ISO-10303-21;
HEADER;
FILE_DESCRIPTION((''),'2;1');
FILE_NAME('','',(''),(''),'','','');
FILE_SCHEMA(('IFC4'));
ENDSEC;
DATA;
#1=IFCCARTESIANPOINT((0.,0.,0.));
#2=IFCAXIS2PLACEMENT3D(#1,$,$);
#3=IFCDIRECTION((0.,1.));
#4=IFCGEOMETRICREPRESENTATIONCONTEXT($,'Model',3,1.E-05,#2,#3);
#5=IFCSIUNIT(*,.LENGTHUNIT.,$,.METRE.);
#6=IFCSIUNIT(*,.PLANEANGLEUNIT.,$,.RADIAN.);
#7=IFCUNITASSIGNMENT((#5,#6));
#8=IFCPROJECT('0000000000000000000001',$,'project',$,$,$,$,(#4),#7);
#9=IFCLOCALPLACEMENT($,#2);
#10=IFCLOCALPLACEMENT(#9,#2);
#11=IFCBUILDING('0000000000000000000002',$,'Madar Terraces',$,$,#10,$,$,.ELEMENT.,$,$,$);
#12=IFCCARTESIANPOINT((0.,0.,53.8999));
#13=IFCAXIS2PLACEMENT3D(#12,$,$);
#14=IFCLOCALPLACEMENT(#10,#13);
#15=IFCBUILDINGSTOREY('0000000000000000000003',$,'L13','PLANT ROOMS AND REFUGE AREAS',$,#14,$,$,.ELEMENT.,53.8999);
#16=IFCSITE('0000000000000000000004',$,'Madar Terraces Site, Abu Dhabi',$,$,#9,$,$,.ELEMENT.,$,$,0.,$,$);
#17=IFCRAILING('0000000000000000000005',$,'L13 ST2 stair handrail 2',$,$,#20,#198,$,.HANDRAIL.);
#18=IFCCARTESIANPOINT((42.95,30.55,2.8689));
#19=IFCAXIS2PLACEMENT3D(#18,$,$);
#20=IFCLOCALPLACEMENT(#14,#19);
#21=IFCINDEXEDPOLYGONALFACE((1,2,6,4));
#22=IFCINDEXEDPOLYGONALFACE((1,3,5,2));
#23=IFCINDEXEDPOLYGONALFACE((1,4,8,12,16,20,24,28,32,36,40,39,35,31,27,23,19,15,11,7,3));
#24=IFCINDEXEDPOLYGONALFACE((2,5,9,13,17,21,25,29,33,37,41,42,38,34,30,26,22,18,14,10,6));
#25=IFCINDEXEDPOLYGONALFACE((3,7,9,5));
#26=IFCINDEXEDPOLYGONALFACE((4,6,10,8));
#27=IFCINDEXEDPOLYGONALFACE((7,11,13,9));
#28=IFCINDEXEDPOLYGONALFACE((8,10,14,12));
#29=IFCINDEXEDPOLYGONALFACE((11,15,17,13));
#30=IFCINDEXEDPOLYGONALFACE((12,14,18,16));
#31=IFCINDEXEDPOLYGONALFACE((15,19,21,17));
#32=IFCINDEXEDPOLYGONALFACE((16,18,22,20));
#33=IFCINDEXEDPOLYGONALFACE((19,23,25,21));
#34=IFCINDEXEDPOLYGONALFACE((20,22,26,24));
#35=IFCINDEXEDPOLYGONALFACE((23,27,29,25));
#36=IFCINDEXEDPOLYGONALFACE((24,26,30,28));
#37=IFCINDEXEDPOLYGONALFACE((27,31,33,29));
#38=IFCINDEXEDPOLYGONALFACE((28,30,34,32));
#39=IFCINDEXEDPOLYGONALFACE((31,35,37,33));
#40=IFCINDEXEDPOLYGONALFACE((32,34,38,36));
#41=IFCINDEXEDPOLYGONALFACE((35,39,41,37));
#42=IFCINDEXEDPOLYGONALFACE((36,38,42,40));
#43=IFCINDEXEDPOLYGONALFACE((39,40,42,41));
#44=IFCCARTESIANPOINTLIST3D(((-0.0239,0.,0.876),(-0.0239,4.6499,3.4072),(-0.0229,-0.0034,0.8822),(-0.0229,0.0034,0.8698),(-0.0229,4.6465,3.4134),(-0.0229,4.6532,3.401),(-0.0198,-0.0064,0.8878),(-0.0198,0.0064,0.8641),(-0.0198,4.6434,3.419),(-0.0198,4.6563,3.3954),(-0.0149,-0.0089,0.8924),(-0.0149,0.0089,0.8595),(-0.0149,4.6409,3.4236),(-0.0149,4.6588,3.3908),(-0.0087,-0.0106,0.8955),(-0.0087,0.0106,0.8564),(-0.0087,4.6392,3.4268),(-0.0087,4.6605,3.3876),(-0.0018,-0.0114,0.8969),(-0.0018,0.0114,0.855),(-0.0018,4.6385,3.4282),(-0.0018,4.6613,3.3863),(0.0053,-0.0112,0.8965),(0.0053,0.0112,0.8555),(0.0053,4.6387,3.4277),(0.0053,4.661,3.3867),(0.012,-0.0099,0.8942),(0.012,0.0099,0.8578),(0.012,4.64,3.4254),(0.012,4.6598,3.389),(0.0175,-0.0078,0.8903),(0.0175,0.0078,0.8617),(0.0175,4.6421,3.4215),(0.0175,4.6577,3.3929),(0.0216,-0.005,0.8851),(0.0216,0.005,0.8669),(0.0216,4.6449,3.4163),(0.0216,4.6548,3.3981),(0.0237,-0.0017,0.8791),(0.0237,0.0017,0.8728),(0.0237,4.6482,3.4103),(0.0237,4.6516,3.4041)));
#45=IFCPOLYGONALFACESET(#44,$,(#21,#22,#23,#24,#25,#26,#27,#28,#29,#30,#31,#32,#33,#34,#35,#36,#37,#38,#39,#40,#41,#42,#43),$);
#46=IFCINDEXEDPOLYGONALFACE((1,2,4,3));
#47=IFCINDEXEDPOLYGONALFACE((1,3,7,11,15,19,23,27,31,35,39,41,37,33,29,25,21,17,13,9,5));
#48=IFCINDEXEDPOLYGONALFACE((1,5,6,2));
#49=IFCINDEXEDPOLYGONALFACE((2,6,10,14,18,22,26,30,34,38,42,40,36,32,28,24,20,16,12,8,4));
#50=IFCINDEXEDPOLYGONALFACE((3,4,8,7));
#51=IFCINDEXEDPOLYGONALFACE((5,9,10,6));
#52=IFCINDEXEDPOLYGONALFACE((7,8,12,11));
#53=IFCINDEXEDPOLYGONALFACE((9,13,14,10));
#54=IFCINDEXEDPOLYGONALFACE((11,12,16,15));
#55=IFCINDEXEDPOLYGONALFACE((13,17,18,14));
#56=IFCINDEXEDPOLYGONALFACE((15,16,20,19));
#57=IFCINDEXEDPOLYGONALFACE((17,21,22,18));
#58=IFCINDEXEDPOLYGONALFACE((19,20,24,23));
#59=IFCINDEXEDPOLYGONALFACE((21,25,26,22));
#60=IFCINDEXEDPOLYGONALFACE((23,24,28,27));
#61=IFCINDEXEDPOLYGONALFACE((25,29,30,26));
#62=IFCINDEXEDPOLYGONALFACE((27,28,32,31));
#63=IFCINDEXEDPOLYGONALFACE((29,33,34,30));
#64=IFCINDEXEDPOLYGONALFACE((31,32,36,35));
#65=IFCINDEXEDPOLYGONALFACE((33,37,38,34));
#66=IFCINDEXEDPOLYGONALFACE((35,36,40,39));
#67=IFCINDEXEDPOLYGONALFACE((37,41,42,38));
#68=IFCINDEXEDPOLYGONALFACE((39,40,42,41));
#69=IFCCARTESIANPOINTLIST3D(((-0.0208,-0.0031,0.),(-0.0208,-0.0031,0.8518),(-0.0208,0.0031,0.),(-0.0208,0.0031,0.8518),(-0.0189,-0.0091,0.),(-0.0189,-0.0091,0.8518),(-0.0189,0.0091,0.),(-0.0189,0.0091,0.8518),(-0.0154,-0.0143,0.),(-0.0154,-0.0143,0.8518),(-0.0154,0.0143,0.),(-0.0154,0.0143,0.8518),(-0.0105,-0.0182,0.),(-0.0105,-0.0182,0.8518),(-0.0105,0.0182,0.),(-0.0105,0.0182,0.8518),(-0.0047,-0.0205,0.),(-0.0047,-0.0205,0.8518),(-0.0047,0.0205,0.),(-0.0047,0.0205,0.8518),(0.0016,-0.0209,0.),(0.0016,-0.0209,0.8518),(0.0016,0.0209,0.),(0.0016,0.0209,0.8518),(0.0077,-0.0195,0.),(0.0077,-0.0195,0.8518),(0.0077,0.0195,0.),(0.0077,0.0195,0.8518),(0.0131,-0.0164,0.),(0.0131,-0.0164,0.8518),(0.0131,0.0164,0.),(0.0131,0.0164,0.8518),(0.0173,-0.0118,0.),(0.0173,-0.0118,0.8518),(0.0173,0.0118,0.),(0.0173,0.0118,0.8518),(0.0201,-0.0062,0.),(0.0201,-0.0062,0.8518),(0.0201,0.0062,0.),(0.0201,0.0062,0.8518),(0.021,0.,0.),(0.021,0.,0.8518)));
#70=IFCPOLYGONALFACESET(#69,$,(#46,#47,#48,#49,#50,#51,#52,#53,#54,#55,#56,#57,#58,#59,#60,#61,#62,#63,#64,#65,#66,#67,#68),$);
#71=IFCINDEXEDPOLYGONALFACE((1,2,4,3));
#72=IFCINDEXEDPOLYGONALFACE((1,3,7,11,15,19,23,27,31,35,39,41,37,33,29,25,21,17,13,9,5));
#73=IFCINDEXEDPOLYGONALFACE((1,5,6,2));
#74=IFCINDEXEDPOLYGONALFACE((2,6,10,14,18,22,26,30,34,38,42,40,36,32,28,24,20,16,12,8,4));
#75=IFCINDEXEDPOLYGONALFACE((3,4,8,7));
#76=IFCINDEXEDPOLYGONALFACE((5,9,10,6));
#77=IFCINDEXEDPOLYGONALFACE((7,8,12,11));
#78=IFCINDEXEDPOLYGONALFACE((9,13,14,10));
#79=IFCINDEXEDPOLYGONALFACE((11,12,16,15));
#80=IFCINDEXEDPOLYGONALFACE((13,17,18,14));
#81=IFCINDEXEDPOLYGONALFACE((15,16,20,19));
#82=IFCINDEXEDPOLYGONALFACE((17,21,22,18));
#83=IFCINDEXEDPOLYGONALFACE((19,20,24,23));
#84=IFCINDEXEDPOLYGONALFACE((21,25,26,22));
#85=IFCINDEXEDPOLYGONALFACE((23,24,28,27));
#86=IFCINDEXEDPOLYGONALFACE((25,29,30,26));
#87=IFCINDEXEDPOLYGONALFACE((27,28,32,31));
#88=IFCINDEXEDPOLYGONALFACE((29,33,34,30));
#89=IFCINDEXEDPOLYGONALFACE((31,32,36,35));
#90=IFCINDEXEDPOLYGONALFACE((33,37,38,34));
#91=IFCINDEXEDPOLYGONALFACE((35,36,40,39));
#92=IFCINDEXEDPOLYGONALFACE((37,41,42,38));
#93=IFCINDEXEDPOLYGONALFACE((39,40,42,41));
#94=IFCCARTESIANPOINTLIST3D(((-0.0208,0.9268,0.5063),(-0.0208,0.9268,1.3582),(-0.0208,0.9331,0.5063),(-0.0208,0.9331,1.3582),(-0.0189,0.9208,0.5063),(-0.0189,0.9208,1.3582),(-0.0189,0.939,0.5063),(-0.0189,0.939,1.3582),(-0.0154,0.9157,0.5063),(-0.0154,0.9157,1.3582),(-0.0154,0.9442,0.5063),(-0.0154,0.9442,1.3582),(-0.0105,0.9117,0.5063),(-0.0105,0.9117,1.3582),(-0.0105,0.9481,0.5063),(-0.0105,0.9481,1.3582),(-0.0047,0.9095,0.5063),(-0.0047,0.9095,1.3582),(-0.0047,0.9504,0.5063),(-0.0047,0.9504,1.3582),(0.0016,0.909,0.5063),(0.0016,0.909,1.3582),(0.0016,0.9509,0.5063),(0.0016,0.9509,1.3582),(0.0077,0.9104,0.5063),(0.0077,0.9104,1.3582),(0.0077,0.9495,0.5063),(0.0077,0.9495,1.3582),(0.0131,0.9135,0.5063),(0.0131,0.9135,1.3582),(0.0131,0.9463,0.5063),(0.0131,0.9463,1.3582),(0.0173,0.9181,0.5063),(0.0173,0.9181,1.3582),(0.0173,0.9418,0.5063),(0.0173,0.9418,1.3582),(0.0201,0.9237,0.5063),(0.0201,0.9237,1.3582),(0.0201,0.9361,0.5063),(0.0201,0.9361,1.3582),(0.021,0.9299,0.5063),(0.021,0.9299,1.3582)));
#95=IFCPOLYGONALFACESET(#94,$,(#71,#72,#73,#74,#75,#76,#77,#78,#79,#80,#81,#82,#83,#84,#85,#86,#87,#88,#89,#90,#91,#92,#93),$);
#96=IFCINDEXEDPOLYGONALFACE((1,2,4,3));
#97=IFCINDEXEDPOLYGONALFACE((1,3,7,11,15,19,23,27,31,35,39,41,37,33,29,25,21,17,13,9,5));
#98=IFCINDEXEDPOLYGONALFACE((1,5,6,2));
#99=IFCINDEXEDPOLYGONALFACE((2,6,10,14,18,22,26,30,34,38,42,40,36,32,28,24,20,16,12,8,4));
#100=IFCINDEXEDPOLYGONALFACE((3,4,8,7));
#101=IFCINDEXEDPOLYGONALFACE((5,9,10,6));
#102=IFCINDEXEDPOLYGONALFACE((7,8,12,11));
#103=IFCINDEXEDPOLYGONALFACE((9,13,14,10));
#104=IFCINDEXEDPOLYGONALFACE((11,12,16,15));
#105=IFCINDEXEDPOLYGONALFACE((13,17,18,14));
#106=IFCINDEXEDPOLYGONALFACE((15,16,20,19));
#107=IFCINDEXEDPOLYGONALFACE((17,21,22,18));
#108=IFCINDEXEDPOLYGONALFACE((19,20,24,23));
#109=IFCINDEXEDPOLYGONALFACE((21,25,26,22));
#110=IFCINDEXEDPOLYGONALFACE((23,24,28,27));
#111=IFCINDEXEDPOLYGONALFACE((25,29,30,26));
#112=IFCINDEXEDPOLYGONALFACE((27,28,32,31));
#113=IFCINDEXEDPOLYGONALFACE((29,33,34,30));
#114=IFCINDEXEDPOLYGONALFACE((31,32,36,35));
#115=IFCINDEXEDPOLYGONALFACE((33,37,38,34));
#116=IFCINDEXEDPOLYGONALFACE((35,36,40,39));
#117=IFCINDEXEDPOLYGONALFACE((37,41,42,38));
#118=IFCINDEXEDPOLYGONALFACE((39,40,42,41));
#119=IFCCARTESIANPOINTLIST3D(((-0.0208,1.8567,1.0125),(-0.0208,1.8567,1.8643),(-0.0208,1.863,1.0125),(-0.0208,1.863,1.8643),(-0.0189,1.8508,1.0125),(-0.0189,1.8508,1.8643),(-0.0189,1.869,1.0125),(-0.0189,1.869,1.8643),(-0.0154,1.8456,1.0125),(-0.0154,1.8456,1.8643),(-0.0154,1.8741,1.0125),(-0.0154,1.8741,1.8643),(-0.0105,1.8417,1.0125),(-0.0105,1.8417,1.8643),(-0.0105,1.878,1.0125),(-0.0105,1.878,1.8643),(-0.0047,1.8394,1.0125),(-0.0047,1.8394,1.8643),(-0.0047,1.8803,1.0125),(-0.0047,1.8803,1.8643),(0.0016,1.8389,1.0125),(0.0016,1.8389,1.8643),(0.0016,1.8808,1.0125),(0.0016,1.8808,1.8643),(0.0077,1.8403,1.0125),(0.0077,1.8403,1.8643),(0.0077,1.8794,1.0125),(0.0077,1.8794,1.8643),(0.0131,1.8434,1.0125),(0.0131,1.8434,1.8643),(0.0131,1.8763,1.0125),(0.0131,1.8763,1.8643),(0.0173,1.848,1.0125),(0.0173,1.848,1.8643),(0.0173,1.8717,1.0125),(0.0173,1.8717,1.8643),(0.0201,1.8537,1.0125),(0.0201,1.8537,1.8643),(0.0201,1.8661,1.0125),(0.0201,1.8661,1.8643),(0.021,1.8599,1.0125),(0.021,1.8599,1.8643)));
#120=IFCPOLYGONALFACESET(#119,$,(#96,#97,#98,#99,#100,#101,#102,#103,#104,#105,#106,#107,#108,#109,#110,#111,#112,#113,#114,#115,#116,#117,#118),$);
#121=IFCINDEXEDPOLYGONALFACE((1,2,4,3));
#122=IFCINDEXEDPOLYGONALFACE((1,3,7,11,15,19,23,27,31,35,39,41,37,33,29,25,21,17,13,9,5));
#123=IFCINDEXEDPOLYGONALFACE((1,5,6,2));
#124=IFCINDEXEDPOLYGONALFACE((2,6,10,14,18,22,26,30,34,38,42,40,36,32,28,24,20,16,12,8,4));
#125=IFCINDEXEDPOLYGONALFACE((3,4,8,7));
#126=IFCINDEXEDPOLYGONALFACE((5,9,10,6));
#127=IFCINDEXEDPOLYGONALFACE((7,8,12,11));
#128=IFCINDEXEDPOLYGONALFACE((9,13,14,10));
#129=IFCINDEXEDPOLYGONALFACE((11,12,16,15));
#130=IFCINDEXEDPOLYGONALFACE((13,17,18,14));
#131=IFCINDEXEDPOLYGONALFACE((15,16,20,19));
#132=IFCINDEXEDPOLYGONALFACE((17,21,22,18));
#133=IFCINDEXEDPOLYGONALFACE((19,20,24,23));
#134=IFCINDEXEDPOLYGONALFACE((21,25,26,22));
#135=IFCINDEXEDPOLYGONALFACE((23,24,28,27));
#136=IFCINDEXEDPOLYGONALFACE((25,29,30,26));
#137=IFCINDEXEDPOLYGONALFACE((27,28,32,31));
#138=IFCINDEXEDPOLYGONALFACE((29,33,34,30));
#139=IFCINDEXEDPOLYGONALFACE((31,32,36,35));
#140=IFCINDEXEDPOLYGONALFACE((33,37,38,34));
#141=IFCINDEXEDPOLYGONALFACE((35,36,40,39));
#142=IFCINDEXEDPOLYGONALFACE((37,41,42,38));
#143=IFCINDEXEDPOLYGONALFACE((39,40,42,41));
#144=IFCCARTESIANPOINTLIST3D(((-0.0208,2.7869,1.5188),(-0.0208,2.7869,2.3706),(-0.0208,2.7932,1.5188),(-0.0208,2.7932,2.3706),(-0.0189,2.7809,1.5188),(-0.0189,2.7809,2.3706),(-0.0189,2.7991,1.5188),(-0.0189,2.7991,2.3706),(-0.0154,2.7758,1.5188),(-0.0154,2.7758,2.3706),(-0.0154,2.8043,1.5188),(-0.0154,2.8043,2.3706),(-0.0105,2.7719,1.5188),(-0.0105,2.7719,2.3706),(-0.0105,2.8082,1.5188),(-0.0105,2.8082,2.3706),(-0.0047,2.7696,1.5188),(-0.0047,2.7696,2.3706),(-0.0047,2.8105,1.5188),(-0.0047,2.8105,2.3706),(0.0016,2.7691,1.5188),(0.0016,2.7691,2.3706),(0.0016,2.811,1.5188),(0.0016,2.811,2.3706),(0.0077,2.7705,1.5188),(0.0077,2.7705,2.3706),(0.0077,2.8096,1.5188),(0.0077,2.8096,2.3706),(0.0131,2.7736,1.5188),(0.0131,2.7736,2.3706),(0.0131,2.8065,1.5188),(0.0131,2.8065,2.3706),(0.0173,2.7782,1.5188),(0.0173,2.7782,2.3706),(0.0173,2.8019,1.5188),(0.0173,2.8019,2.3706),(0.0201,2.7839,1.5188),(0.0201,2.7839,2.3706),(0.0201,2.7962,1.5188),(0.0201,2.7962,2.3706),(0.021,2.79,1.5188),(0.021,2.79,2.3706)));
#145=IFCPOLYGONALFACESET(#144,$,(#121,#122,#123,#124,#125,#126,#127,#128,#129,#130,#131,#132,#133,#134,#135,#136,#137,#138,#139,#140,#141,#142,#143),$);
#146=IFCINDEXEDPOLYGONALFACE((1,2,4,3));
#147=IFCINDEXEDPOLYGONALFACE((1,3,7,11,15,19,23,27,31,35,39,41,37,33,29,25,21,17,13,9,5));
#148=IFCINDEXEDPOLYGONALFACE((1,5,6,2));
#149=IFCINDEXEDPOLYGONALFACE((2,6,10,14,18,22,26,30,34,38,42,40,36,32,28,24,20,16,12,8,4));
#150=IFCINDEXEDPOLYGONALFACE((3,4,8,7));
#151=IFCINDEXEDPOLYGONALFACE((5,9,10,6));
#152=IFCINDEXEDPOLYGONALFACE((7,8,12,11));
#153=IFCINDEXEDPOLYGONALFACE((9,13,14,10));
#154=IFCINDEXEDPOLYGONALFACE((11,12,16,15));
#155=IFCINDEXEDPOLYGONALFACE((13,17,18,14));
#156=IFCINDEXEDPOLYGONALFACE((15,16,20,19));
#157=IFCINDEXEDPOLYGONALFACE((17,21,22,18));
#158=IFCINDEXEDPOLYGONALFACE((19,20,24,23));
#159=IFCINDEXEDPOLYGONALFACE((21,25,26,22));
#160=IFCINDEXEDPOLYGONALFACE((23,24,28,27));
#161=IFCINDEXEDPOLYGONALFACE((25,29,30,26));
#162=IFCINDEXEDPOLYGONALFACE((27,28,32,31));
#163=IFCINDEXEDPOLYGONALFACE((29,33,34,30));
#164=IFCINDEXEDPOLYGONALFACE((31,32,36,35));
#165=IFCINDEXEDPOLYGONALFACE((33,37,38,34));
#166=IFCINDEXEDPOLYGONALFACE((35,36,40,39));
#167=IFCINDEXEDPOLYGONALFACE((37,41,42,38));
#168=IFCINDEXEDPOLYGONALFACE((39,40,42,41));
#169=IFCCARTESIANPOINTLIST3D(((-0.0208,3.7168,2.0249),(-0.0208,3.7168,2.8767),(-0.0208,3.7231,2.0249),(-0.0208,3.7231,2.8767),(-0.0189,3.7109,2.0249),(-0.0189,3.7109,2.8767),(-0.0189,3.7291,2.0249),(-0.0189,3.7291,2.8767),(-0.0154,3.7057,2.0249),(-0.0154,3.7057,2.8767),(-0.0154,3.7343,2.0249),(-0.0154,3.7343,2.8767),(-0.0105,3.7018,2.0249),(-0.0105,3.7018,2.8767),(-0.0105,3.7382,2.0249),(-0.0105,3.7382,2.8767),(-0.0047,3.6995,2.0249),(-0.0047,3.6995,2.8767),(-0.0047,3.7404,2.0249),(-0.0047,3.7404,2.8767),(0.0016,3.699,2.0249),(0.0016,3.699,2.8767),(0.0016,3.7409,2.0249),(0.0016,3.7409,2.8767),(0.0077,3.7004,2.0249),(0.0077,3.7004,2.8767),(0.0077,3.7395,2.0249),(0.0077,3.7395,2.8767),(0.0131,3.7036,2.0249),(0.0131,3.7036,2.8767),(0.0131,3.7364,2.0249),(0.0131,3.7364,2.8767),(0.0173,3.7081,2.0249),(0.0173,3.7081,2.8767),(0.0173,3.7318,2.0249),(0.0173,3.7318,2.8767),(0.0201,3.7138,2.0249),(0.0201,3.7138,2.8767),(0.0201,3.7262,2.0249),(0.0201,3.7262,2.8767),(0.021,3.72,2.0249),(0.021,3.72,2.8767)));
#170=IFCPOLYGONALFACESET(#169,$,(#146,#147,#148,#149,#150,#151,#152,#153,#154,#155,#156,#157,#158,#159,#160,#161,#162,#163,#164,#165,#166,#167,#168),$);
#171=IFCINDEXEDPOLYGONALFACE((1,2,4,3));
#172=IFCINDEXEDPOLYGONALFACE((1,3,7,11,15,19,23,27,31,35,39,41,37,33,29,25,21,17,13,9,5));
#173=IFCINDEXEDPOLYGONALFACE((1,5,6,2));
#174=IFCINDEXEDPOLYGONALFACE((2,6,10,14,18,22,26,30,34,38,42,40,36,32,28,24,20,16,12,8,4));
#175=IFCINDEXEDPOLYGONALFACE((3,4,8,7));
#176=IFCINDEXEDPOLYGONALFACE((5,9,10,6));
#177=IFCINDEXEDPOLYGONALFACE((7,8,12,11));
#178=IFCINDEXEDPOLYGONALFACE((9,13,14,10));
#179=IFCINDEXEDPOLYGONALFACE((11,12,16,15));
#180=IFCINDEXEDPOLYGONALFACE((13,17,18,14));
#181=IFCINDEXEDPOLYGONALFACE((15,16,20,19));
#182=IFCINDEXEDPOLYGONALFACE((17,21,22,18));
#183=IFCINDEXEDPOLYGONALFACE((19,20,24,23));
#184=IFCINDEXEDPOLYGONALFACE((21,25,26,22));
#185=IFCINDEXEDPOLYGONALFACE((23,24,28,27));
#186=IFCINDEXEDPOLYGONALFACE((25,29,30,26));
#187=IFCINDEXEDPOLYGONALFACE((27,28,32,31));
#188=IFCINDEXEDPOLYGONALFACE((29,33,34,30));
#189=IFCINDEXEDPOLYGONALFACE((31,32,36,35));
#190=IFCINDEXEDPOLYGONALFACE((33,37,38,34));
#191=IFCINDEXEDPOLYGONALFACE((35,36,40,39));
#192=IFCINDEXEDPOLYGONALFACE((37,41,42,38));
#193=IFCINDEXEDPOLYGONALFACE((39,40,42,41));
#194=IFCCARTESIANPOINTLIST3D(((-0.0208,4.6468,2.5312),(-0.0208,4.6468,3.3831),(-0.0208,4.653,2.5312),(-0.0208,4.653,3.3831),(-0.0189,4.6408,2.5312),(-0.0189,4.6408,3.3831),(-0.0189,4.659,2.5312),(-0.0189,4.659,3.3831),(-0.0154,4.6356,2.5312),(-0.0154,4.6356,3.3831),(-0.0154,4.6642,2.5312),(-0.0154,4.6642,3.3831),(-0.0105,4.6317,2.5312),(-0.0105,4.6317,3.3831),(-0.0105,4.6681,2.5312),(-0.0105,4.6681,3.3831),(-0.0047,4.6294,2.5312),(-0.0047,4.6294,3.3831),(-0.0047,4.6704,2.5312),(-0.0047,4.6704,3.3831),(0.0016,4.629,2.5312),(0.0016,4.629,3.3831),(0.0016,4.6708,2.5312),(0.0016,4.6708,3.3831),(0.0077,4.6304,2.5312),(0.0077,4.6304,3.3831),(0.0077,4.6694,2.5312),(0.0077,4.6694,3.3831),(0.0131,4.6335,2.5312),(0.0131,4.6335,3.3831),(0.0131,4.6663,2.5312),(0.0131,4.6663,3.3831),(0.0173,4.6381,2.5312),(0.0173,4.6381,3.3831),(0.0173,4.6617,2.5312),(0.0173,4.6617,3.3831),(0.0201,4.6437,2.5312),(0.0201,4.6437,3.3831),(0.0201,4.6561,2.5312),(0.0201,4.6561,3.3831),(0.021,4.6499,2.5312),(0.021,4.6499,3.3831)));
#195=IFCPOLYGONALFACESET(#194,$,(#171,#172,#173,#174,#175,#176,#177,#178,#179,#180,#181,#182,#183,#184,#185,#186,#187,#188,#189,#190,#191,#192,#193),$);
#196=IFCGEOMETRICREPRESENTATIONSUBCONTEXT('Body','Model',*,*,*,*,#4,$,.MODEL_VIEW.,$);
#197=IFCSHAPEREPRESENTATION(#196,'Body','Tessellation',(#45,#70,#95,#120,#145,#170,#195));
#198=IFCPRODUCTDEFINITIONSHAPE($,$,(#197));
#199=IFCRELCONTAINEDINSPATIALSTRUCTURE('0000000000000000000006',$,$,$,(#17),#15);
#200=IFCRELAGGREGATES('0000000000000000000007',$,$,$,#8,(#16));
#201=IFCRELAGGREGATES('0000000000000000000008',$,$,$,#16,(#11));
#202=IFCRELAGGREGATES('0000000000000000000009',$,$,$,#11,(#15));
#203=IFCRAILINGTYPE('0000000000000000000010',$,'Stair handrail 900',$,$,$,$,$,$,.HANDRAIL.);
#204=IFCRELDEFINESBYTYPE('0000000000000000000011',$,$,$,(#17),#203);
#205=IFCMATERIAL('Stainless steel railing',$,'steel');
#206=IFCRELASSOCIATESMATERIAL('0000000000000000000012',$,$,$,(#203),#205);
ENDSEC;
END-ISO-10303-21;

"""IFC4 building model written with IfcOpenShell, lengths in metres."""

from ifc_helpers import new_model, si_unit, direction, frame, origin, origin_2d, place, context, subcontext, project, spatial, circle, extrude, material, type_object, element, save


model = new_model("IFC4")

# Units and contexts
model_context = context("Model", 3, precision=1e-05, world=origin(), true_north=direction((0.0, 1.0)))
body_context = subcontext(model_context, "Body", "Model", "MODEL_VIEW")
ifc_project = project(units=[si_unit("LENGTHUNIT", "METRE"), si_unit("PLANEANGLEUNIT", "RADIAN")], contexts=[model_context])

# Site, building, storey
site_placement = place(None, origin())
site = spatial("IfcSite", under=ifc_project, at=site_placement, Name="Madar Terraces Site, Abu Dhabi", CompositionType="ELEMENT", RefElevation=0.0)
building_placement = place(site_placement, origin())
building = spatial("IfcBuilding", under=site, at=building_placement, Name="Madar Terraces", CompositionType="ELEMENT")
storey_placement = place(building_placement, frame((0.0, 0.0, 53.8999)))
storey = spatial("IfcBuildingStorey", under=building, at=storey_placement, Name="L13", Description="PLANT ROOMS AND REFUGE AREAS", CompositionType="ELEMENT", Elevation=53.8999)

# Railing
ifc_material_1 = material(Name="Stainless steel railing", Category="steel")
railing_type_1 = type_object("IfcRailingType", Name="Stair handrail 900", PredefinedType="HANDRAIL", material=ifc_material_1)
railing_1_placement = place(storey_placement, frame((42.95, 30.55, 2.8689)))
element("IfcRailing", 1, at=railing_1_placement, inside=storey, type_object=railing_type_1, Name="L13 ST2 stair handrail 2", PredefinedType="HANDRAIL", context=body_context, shape_type="SweptSolid", body=[
    extrude(circle(Radius=0.0239, at=origin_2d()), frame((0.0, 0.0, 0.876), z_axis=(0.0, 0.878297, 0.478115), x_axis=(-1.0, 0.0, 0.0)), (0.0, 0.0, 1.0), 5.2942),
    extrude(circle(Radius=0.021, at=origin_2d()), origin(), (0.0, 0.0, 1.0), 0.8518),
    extrude(circle(Radius=0.021, at=origin_2d()), frame((0.0, 0.9299, 0.5063)), (0.0, 0.0, 1.0), 0.8518),
    extrude(circle(Radius=0.021, at=origin_2d()), frame((0.0, 1.8599, 1.0125)), (0.0, 0.0, 1.0), 0.8518),
    extrude(circle(Radius=0.021, at=origin_2d()), frame((0.0, 2.79, 1.5188)), (0.0, 0.0, 1.0), 0.8518),
    extrude(circle(Radius=0.021, at=origin_2d()), frame((0.0, 3.72, 2.0249)), (0.0, 0.0, 1.0), 0.8518),
    extrude(circle(Radius=0.021, at=origin_2d()), frame((0.0, 4.6499, 2.5312)), (0.0, 0.0, 1.0), 0.8518),
])

save(model, "model.ifc")
